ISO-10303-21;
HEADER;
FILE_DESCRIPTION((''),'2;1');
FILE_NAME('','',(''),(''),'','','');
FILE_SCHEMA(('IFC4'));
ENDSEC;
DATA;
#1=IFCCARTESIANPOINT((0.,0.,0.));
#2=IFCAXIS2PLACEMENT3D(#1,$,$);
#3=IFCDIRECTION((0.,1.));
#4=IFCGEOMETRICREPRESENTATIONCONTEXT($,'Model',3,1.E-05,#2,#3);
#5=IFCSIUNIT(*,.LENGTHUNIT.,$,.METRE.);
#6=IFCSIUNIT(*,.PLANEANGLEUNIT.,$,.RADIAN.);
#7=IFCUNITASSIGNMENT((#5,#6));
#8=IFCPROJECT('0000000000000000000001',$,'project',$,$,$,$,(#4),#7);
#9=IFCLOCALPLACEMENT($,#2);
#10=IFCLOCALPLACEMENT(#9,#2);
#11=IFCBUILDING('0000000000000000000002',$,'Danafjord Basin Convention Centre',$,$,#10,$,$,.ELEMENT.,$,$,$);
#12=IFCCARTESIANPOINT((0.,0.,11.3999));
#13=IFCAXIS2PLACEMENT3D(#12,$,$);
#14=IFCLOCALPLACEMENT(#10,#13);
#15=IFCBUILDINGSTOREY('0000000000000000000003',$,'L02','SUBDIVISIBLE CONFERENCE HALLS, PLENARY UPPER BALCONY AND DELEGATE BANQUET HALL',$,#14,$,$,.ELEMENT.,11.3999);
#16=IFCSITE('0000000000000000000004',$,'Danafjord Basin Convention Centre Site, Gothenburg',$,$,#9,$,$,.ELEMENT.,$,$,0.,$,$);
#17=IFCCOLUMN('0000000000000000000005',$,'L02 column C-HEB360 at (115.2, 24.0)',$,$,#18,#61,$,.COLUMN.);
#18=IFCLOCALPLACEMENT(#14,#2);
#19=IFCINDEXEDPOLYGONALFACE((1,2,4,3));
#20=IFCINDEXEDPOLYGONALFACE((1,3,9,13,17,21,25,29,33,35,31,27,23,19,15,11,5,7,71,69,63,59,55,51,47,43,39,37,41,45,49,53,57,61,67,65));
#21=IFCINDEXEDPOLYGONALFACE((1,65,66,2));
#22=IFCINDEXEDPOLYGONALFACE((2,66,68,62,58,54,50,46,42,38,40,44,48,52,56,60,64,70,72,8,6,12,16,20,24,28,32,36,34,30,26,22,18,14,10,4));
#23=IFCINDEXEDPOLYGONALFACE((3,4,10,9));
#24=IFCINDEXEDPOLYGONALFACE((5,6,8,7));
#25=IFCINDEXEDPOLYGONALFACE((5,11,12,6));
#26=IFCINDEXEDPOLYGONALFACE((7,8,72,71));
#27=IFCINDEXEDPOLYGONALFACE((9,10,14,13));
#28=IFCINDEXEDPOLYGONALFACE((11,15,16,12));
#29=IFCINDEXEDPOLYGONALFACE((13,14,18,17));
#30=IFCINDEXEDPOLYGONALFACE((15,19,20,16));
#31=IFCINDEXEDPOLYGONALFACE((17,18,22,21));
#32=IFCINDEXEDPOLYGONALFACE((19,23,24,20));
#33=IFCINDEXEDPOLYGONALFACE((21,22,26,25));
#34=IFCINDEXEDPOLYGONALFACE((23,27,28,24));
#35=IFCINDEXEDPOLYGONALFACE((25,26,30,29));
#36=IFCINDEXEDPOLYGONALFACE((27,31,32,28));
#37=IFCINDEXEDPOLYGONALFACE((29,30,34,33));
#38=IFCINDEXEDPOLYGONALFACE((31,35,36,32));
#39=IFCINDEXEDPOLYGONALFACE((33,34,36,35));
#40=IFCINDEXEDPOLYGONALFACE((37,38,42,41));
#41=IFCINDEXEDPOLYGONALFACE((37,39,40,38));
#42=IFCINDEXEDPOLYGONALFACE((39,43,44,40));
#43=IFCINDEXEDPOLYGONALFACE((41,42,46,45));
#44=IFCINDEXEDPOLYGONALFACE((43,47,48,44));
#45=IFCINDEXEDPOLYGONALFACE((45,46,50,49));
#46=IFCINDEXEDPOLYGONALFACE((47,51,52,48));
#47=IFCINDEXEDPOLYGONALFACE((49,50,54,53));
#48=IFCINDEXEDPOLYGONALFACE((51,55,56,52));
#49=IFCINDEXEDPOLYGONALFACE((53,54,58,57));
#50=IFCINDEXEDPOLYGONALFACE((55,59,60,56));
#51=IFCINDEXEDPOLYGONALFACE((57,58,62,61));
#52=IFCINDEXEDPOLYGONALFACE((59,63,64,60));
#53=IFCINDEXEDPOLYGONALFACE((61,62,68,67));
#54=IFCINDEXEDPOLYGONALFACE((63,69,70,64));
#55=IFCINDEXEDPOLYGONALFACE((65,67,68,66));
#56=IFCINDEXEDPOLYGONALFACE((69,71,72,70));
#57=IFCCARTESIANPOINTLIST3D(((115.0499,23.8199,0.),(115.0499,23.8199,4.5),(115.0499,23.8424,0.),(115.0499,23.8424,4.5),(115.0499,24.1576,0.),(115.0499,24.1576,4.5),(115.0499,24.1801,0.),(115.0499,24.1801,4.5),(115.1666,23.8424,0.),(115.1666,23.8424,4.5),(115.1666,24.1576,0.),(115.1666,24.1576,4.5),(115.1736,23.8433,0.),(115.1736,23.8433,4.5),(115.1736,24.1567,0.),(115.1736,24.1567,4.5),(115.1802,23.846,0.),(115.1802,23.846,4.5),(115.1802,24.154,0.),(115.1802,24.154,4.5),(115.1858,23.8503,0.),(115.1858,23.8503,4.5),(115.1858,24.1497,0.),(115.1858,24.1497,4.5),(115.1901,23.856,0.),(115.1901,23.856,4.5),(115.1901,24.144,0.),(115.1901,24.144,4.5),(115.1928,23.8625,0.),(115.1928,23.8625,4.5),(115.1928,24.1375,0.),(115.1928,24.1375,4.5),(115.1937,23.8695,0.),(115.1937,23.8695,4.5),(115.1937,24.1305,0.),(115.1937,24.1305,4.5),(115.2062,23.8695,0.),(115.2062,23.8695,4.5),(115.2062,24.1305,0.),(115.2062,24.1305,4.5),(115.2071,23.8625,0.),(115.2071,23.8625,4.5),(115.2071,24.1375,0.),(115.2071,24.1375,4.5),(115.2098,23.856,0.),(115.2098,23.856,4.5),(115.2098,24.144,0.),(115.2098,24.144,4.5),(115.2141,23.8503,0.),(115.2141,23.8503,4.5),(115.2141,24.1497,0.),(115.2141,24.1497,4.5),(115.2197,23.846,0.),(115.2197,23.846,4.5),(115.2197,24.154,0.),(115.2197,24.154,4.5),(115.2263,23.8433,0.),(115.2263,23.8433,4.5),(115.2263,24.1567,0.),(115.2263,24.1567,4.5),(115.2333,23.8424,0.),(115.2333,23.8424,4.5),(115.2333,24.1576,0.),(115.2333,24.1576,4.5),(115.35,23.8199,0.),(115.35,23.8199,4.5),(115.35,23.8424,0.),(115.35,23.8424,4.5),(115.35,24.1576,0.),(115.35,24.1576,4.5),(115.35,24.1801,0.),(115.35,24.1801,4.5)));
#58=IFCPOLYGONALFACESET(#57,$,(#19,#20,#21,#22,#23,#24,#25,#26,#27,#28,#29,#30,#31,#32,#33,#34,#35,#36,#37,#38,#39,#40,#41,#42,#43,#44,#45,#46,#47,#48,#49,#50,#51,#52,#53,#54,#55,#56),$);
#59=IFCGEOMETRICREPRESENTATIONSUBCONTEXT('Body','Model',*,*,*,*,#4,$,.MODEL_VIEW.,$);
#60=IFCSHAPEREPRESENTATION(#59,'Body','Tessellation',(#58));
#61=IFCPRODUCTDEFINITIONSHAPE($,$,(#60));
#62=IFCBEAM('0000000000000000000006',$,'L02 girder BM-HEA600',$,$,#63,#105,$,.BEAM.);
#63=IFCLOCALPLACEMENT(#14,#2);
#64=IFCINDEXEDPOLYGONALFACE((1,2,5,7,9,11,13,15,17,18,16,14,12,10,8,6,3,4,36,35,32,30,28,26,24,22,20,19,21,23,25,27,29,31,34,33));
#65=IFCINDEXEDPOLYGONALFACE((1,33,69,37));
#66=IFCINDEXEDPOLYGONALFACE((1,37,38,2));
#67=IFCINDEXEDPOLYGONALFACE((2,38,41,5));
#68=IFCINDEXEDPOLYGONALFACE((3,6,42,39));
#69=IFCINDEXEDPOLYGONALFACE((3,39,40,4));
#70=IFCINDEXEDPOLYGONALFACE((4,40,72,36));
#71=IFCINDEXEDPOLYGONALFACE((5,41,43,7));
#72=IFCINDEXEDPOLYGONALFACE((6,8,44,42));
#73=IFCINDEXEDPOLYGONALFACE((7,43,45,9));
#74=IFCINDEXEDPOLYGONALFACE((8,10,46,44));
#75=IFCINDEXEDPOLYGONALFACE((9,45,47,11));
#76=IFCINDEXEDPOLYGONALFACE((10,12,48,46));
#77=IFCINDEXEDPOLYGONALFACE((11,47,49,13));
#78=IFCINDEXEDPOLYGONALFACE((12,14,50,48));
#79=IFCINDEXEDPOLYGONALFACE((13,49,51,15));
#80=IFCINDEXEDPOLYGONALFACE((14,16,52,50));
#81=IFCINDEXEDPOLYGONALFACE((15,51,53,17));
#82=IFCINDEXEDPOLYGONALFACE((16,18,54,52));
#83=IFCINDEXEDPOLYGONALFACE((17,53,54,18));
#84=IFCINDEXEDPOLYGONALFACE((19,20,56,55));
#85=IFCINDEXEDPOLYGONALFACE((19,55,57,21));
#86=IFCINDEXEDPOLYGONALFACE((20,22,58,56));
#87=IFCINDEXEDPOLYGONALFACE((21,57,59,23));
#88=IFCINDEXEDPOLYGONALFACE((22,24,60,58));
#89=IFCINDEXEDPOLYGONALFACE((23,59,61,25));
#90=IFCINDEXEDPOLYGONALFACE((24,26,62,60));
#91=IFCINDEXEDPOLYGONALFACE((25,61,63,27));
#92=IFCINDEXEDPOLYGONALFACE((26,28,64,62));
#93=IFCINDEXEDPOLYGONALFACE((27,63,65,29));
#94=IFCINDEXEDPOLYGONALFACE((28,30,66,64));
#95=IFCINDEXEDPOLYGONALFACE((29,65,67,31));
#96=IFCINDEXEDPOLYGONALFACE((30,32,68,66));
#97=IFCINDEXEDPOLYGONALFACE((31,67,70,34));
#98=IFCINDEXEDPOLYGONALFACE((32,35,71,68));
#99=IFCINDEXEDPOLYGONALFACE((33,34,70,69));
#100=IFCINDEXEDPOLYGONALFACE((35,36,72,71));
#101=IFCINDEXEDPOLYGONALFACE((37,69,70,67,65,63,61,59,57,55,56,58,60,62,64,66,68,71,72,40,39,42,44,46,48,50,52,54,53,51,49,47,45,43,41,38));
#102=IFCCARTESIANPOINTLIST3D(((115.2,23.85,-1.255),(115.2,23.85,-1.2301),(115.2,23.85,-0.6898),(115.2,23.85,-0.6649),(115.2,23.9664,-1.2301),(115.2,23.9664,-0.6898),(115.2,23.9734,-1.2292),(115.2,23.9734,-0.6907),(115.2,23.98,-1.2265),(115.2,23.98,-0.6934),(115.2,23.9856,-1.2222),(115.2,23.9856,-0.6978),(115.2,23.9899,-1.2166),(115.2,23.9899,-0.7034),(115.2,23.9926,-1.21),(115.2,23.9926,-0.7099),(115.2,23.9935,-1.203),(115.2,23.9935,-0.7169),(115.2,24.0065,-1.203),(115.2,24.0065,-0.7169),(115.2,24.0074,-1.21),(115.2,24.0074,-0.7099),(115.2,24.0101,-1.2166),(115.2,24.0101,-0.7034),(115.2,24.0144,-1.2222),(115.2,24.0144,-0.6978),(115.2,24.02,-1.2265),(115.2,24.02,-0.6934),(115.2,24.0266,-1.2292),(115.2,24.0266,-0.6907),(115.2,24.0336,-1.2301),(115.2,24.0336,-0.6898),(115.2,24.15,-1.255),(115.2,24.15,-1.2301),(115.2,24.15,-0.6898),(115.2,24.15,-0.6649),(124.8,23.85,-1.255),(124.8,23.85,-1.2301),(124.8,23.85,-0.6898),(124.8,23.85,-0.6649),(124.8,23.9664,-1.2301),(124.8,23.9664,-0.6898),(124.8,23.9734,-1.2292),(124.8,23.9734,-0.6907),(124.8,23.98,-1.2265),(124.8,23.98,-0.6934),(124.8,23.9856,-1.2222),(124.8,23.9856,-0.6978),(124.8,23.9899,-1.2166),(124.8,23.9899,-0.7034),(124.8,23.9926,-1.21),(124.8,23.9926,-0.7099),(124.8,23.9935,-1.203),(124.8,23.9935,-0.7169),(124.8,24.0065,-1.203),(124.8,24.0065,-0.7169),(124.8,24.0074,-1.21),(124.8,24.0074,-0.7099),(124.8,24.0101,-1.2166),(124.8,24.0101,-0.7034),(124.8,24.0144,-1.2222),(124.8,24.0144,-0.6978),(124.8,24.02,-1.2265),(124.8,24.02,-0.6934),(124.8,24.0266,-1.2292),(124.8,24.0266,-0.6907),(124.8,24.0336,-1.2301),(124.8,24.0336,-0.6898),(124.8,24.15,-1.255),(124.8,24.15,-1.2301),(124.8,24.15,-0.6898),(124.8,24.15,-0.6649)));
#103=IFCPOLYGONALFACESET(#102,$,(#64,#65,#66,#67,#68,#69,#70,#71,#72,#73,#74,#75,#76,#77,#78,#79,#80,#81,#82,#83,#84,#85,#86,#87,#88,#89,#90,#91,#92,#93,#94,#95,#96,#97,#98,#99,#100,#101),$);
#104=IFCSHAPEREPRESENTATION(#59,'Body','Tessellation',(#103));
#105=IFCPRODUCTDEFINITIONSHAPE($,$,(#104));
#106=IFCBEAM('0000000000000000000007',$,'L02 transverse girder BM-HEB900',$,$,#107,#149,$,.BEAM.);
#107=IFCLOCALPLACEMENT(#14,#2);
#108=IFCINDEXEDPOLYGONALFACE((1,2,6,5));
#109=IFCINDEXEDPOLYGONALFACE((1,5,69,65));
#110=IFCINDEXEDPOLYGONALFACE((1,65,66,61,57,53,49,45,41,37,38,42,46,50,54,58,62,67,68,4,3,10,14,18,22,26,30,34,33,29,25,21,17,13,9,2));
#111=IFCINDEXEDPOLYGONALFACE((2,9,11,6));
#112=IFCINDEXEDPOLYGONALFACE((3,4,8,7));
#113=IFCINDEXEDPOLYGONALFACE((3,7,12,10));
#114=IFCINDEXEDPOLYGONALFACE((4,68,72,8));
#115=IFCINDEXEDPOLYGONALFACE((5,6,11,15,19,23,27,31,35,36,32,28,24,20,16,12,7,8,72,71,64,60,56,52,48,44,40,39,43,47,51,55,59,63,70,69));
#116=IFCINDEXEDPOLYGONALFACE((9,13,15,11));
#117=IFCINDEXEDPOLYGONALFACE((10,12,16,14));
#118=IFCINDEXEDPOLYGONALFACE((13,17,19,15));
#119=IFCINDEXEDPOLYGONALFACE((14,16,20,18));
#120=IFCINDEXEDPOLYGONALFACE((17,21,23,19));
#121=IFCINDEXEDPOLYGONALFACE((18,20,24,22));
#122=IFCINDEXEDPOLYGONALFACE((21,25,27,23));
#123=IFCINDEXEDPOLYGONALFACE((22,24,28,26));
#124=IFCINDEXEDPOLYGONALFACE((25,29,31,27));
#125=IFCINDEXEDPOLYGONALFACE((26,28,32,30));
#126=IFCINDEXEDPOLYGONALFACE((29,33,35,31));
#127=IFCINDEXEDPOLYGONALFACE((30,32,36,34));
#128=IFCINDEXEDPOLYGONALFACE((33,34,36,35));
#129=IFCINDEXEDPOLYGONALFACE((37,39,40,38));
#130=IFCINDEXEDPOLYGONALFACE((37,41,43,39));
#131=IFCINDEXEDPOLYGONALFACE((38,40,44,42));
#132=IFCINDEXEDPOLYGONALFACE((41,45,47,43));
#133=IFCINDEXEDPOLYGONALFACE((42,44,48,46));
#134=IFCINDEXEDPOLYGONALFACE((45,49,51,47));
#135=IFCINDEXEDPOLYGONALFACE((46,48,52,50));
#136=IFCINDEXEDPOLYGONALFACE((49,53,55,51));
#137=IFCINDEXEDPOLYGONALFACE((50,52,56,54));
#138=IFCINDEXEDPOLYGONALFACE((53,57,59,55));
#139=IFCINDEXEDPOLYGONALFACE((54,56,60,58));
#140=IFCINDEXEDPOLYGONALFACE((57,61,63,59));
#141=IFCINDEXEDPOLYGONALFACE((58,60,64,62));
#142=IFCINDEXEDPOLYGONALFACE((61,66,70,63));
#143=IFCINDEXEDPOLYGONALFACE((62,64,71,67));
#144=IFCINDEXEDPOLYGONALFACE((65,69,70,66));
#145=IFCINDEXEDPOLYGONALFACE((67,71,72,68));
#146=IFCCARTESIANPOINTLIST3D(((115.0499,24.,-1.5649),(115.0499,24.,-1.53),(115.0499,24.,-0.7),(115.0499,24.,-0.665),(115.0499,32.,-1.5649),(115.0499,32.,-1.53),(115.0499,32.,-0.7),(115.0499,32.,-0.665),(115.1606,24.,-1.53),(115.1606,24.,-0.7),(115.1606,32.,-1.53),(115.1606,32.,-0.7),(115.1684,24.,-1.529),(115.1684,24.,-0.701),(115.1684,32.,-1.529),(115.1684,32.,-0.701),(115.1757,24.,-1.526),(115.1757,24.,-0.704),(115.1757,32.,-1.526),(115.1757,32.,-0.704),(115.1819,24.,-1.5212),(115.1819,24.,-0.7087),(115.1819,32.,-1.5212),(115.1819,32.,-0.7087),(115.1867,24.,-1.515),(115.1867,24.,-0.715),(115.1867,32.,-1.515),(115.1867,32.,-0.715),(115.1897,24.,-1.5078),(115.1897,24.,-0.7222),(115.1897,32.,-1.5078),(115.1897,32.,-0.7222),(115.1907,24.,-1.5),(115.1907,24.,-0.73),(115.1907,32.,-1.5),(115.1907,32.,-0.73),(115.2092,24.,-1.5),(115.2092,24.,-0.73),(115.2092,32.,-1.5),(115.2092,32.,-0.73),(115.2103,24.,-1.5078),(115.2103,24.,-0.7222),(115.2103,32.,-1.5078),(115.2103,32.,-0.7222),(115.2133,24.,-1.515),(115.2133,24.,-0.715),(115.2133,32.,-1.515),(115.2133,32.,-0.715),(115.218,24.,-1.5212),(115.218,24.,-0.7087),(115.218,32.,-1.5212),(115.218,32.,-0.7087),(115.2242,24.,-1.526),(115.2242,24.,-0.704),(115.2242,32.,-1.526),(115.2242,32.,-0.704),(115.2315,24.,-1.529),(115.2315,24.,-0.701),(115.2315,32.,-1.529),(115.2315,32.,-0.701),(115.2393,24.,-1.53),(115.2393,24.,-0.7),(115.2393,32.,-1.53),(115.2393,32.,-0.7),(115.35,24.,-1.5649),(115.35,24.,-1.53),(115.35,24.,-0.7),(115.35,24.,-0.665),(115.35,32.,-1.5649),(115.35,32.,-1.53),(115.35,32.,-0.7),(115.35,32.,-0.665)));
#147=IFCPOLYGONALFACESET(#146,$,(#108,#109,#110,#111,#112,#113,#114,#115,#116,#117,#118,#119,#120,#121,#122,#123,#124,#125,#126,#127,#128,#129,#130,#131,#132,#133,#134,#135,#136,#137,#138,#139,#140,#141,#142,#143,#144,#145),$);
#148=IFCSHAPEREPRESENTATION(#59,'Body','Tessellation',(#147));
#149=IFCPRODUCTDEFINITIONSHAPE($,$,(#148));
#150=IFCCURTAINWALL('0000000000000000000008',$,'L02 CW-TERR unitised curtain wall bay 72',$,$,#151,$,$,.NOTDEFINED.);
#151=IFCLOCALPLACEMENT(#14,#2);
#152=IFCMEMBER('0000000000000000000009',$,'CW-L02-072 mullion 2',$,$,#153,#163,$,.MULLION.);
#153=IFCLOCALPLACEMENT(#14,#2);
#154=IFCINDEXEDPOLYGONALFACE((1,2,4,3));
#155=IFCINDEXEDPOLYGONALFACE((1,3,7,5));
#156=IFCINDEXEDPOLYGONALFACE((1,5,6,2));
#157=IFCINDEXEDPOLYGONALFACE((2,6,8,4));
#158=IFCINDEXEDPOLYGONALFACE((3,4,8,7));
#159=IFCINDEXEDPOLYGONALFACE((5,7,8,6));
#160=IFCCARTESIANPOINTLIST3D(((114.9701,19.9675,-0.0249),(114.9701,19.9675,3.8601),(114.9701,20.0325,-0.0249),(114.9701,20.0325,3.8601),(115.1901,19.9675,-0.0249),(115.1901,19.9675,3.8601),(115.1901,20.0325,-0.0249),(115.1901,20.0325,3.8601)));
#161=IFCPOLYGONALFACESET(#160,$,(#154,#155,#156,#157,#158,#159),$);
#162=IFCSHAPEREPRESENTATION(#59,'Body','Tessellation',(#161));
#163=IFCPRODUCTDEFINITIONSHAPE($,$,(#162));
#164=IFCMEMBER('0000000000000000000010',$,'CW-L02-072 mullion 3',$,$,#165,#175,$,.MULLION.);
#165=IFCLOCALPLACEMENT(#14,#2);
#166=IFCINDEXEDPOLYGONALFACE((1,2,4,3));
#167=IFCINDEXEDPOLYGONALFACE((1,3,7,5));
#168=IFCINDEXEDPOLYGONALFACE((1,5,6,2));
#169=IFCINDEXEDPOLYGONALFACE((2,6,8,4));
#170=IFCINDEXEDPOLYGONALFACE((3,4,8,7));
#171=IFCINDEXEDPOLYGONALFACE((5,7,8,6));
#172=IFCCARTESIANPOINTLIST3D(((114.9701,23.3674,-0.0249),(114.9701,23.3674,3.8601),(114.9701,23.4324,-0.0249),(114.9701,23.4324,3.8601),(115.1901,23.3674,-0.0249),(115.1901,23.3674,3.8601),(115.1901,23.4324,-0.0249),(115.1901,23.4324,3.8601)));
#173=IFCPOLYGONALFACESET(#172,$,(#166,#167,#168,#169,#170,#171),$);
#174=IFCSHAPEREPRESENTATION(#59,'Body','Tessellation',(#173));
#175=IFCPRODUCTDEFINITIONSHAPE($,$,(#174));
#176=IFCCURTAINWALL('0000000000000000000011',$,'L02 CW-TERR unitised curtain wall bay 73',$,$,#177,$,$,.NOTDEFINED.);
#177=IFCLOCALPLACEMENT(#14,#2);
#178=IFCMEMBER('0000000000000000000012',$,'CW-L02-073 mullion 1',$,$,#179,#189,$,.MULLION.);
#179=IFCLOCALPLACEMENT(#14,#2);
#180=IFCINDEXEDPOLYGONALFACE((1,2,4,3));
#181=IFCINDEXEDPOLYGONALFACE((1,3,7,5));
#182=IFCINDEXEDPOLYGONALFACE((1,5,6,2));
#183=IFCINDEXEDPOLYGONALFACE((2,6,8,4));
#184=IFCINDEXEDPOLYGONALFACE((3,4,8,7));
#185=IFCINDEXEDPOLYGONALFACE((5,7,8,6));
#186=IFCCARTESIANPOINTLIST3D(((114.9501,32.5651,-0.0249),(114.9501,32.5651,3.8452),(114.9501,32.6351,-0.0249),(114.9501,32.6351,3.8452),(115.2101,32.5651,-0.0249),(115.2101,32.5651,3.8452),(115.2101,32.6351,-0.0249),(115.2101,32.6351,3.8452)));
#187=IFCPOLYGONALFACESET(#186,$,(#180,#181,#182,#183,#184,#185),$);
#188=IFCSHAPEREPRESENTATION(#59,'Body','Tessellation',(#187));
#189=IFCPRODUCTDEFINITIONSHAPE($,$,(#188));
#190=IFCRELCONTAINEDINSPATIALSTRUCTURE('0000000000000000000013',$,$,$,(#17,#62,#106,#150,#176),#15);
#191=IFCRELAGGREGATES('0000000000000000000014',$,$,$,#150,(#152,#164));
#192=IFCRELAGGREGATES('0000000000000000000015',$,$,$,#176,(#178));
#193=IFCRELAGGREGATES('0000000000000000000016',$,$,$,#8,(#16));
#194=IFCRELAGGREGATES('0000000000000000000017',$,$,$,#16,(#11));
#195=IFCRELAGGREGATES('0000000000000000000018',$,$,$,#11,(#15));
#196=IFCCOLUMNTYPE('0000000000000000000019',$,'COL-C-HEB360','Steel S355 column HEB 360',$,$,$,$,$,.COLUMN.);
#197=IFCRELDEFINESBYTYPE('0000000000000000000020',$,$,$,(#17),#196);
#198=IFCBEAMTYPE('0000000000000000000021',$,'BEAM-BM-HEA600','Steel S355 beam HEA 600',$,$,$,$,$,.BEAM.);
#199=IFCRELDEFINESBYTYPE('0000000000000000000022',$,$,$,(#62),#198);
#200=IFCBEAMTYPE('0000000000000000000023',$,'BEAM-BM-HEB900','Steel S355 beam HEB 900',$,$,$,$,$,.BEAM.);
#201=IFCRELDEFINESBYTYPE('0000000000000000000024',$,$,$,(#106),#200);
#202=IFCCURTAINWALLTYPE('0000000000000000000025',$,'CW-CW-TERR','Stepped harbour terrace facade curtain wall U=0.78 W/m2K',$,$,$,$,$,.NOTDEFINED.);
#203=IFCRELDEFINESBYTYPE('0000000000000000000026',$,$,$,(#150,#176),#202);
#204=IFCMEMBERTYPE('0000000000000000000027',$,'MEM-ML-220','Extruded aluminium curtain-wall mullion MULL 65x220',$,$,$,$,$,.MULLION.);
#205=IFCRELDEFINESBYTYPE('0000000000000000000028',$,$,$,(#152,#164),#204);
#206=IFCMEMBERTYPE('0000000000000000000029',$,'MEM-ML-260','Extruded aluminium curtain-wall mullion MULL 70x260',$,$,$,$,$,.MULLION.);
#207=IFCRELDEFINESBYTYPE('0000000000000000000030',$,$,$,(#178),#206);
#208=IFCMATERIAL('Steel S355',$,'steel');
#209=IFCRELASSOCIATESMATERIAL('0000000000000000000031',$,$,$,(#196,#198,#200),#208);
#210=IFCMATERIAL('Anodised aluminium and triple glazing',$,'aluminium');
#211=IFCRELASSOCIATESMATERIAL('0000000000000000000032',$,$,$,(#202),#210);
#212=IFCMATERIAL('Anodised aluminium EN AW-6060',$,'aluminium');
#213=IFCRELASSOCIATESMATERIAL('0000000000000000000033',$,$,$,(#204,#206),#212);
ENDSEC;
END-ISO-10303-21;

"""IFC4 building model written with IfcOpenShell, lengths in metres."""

from ifc_helpers import new_model, si_unit, direction, frame, origin, origin_2d, place, context, subcontext, project, spatial, rectangle, i_section, extrude, material, material_profile, profile_set, type_object, element, aggregate, save


model = new_model("IFC4")

# Units and contexts
model_context = context("Model", 3, precision=1e-05, world=origin(), true_north=direction((0.0, 1.0)))
body_context = subcontext(model_context, "Body", "Model", "MODEL_VIEW")
ifc_project = project(units=[si_unit("LENGTHUNIT", "METRE"), si_unit("PLANEANGLEUNIT", "RADIAN")], contexts=[model_context])

# Site, building, storey
site_placement = place(None, origin())
site = spatial("IfcSite", under=ifc_project, at=site_placement, Name="Danafjord Basin Convention Centre Site, Gothenburg", CompositionType="ELEMENT", RefElevation=0.0)
building_placement = place(site_placement, origin())
building = spatial("IfcBuilding", under=site, at=building_placement, Name="Danafjord Basin Convention Centre", CompositionType="ELEMENT")
storey_placement = place(building_placement, frame((0.0, 0.0, 11.3999)))
storey = spatial("IfcBuildingStorey", under=building, at=storey_placement, Name="L02", Description="SUBDIVISIBLE CONFERENCE HALLS, PLENARY UPPER BALCONY AND DELEGATE BANQUET HALL", CompositionType="ELEMENT", Elevation=11.3999)

# Column
ifc_material_1 = material(Name="Steel S355", Category="steel")
ifc_material_profile_1 = material_profile(ifc_material_1, i_section(OverallWidth=0.3, OverallDepth=0.3601, WebThickness=0.0125, FlangeThickness=0.0225, FilletRadius=0.0271, at=origin_2d()), Name="HEB 360")
ifc_profile_set_1 = profile_set([ifc_material_profile_1], Name="Steel S355")
column_type = type_object("IfcColumnType", Name="COL-C-HEB360", Description="Steel S355 column HEB 360", PredefinedType="COLUMN", material=ifc_profile_set_1)
column_placement = place(storey_placement, frame((115.2, 24.0, 0.0), z_axis=(0.0, 0.0, 1.0), x_axis=(1.0, 0.0, 0.0)))
element("IfcColumn", 1, at=column_placement, inside=storey, type_object=column_type, Name="L02 column C-HEB360 at (115.2, 24.0)", PredefinedType="COLUMN", context=body_context, shape_type="SweptSolid", body=[
    extrude(i_section(OverallWidth=0.3, OverallDepth=0.3601, WebThickness=0.0125, FlangeThickness=0.0225, FilletRadius=0.0271, at=origin_2d()), origin(), (0.0, 0.0, 1.0), 4.5),
])

# Beams
ifc_material_profile_2 = material_profile(ifc_material_1, i_section(OverallWidth=0.3, OverallDepth=0.5901, WebThickness=0.0129, FlangeThickness=0.0249, FilletRadius=0.0271, at=origin_2d()), Name="HEA 600")
ifc_profile_set_2 = profile_set([ifc_material_profile_2], Name="Steel S355")
beam_type_1 = type_object("IfcBeamType", Name="BEAM-BM-HEA600", Description="Steel S355 beam HEA 600", PredefinedType="BEAM", material=ifc_profile_set_2)
beam_1_placement = place(storey_placement, frame((115.2, 24.0, -0.96), z_axis=(1.0, 0.0, 0.0), x_axis=(0.0, 1.0, 0.0)))
element("IfcBeam", 2, at=beam_1_placement, inside=storey, type_object=beam_type_1, Name="L02 girder BM-HEA600", PredefinedType="BEAM", context=body_context, shape_type="SweptSolid", body=[
    extrude(i_section(OverallWidth=0.3, OverallDepth=0.5901, WebThickness=0.0129, FlangeThickness=0.0249, FilletRadius=0.0271, at=origin_2d()), origin(), (0.0, 0.0, 1.0), 9.6001),
])
ifc_material_profile_3 = material_profile(ifc_material_1, i_section(OverallWidth=0.3, OverallDepth=0.8999, WebThickness=0.0186, FlangeThickness=0.0349, FilletRadius=0.03, at=origin_2d()), Name="HEB 900")
ifc_profile_set_3 = profile_set([ifc_material_profile_3], Name="Steel S355")
beam_type_2 = type_object("IfcBeamType", Name="BEAM-BM-HEB900", Description="Steel S355 beam HEB 900", PredefinedType="BEAM", material=ifc_profile_set_3)
beam_2_placement = place(storey_placement, frame((115.2, 24.0, -1.115), z_axis=(0.0, 1.0, 0.0), x_axis=(-1.0, 0.0, 0.0)))
element("IfcBeam", 3, at=beam_2_placement, inside=storey, type_object=beam_type_2, Name="L02 transverse girder BM-HEB900", PredefinedType="BEAM", context=body_context, shape_type="SweptSolid", body=[
    extrude(i_section(OverallWidth=0.3, OverallDepth=0.8999, WebThickness=0.0186, FlangeThickness=0.0349, FilletRadius=0.03, at=origin_2d()), origin(), (0.0, 0.0, 1.0), 8.0),
])

# Curtain walls, members
ifc_material_2 = material(Name="Anodised aluminium and triple glazing", Category="aluminium")
curtain_wall_type = type_object("IfcCurtainWallType", Name="CW-CW-TERR", Description="Stepped harbour terrace facade curtain wall U=0.78 W/m2K", PredefinedType="NOTDEFINED", material=ifc_material_2)
curtain_wall_1_placement = place(storey_placement, origin())
curtain_wall_1 = element("IfcCurtainWall", 4, at=curtain_wall_1_placement, inside=storey, type_object=curtain_wall_type, Name="L02 CW-TERR unitised curtain wall bay 72", PredefinedType="NOTDEFINED")
ifc_material_3 = material(Name="Anodised aluminium EN AW-6060", Category="aluminium")
ifc_material_profile_4 = material_profile(ifc_material_3, rectangle(XDim=0.0649, YDim=0.22, at=origin_2d()), Name="MULL 65x220")
ifc_profile_set_4 = profile_set([ifc_material_profile_4], Name="Anodised aluminium EN AW-6060")
member_type_1 = type_object("IfcMemberType", Name="MEM-ML-220", Description="Extruded aluminium curtain-wall mullion MULL 65x220", PredefinedType="MULLION", material=ifc_profile_set_4)
member_1_placement = place(storey_placement, frame((115.0801, 20.0, -0.0249), z_axis=(0.0, 0.0, 1.0), x_axis=(0.0, 1.0, 0.0)))
member_1 = element("IfcMember", 5, at=member_1_placement, type_object=member_type_1, Name="CW-L02-072 mullion 2", PredefinedType="MULLION", context=body_context, shape_type="SweptSolid", body=[
    extrude(rectangle(XDim=0.0649, YDim=0.22, at=origin_2d()), origin(), (0.0, 0.0, 1.0), 3.885),
])
member_2_placement = place(storey_placement, frame((115.0801, 23.3999, -0.0249), z_axis=(0.0, 0.0, 1.0), x_axis=(0.0, 1.0, 0.0)))
member_2 = element("IfcMember", 6, at=member_2_placement, type_object=member_type_1, Name="CW-L02-072 mullion 3", PredefinedType="MULLION", context=body_context, shape_type="SweptSolid", body=[
    extrude(rectangle(XDim=0.0649, YDim=0.22, at=origin_2d()), origin(), (0.0, 0.0, 1.0), 3.885),
])
curtain_wall_2_placement = place(storey_placement, origin())
curtain_wall_2 = element("IfcCurtainWall", 7, at=curtain_wall_2_placement, inside=storey, type_object=curtain_wall_type, Name="L02 CW-TERR unitised curtain wall bay 73", PredefinedType="NOTDEFINED")
ifc_material_profile_5 = material_profile(ifc_material_3, rectangle(XDim=0.0701, YDim=0.26, at=origin_2d()), Name="MULL 70x260")
ifc_profile_set_5 = profile_set([ifc_material_profile_5], Name="Anodised aluminium EN AW-6060")
member_type_2 = type_object("IfcMemberType", Name="MEM-ML-260", Description="Extruded aluminium curtain-wall mullion MULL 70x260", PredefinedType="MULLION", material=ifc_profile_set_5)
member_3_placement = place(storey_placement, frame((115.0801, 32.6001, -0.0249), z_axis=(0.0, 0.0, 1.0), x_axis=(0.0, 1.0, 0.0)))
member_3 = element("IfcMember", 8, at=member_3_placement, type_object=member_type_2, Name="CW-L02-073 mullion 1", PredefinedType="MULLION", context=body_context, shape_type="SweptSolid", body=[
    extrude(rectangle(XDim=0.0701, YDim=0.26, at=origin_2d()), origin(), (0.0, 0.0, 1.0), 3.8701),
])

aggregate(curtain_wall_1, [member_1, member_2])
aggregate(curtain_wall_2, [member_3])

save(model, "model.ifc")
